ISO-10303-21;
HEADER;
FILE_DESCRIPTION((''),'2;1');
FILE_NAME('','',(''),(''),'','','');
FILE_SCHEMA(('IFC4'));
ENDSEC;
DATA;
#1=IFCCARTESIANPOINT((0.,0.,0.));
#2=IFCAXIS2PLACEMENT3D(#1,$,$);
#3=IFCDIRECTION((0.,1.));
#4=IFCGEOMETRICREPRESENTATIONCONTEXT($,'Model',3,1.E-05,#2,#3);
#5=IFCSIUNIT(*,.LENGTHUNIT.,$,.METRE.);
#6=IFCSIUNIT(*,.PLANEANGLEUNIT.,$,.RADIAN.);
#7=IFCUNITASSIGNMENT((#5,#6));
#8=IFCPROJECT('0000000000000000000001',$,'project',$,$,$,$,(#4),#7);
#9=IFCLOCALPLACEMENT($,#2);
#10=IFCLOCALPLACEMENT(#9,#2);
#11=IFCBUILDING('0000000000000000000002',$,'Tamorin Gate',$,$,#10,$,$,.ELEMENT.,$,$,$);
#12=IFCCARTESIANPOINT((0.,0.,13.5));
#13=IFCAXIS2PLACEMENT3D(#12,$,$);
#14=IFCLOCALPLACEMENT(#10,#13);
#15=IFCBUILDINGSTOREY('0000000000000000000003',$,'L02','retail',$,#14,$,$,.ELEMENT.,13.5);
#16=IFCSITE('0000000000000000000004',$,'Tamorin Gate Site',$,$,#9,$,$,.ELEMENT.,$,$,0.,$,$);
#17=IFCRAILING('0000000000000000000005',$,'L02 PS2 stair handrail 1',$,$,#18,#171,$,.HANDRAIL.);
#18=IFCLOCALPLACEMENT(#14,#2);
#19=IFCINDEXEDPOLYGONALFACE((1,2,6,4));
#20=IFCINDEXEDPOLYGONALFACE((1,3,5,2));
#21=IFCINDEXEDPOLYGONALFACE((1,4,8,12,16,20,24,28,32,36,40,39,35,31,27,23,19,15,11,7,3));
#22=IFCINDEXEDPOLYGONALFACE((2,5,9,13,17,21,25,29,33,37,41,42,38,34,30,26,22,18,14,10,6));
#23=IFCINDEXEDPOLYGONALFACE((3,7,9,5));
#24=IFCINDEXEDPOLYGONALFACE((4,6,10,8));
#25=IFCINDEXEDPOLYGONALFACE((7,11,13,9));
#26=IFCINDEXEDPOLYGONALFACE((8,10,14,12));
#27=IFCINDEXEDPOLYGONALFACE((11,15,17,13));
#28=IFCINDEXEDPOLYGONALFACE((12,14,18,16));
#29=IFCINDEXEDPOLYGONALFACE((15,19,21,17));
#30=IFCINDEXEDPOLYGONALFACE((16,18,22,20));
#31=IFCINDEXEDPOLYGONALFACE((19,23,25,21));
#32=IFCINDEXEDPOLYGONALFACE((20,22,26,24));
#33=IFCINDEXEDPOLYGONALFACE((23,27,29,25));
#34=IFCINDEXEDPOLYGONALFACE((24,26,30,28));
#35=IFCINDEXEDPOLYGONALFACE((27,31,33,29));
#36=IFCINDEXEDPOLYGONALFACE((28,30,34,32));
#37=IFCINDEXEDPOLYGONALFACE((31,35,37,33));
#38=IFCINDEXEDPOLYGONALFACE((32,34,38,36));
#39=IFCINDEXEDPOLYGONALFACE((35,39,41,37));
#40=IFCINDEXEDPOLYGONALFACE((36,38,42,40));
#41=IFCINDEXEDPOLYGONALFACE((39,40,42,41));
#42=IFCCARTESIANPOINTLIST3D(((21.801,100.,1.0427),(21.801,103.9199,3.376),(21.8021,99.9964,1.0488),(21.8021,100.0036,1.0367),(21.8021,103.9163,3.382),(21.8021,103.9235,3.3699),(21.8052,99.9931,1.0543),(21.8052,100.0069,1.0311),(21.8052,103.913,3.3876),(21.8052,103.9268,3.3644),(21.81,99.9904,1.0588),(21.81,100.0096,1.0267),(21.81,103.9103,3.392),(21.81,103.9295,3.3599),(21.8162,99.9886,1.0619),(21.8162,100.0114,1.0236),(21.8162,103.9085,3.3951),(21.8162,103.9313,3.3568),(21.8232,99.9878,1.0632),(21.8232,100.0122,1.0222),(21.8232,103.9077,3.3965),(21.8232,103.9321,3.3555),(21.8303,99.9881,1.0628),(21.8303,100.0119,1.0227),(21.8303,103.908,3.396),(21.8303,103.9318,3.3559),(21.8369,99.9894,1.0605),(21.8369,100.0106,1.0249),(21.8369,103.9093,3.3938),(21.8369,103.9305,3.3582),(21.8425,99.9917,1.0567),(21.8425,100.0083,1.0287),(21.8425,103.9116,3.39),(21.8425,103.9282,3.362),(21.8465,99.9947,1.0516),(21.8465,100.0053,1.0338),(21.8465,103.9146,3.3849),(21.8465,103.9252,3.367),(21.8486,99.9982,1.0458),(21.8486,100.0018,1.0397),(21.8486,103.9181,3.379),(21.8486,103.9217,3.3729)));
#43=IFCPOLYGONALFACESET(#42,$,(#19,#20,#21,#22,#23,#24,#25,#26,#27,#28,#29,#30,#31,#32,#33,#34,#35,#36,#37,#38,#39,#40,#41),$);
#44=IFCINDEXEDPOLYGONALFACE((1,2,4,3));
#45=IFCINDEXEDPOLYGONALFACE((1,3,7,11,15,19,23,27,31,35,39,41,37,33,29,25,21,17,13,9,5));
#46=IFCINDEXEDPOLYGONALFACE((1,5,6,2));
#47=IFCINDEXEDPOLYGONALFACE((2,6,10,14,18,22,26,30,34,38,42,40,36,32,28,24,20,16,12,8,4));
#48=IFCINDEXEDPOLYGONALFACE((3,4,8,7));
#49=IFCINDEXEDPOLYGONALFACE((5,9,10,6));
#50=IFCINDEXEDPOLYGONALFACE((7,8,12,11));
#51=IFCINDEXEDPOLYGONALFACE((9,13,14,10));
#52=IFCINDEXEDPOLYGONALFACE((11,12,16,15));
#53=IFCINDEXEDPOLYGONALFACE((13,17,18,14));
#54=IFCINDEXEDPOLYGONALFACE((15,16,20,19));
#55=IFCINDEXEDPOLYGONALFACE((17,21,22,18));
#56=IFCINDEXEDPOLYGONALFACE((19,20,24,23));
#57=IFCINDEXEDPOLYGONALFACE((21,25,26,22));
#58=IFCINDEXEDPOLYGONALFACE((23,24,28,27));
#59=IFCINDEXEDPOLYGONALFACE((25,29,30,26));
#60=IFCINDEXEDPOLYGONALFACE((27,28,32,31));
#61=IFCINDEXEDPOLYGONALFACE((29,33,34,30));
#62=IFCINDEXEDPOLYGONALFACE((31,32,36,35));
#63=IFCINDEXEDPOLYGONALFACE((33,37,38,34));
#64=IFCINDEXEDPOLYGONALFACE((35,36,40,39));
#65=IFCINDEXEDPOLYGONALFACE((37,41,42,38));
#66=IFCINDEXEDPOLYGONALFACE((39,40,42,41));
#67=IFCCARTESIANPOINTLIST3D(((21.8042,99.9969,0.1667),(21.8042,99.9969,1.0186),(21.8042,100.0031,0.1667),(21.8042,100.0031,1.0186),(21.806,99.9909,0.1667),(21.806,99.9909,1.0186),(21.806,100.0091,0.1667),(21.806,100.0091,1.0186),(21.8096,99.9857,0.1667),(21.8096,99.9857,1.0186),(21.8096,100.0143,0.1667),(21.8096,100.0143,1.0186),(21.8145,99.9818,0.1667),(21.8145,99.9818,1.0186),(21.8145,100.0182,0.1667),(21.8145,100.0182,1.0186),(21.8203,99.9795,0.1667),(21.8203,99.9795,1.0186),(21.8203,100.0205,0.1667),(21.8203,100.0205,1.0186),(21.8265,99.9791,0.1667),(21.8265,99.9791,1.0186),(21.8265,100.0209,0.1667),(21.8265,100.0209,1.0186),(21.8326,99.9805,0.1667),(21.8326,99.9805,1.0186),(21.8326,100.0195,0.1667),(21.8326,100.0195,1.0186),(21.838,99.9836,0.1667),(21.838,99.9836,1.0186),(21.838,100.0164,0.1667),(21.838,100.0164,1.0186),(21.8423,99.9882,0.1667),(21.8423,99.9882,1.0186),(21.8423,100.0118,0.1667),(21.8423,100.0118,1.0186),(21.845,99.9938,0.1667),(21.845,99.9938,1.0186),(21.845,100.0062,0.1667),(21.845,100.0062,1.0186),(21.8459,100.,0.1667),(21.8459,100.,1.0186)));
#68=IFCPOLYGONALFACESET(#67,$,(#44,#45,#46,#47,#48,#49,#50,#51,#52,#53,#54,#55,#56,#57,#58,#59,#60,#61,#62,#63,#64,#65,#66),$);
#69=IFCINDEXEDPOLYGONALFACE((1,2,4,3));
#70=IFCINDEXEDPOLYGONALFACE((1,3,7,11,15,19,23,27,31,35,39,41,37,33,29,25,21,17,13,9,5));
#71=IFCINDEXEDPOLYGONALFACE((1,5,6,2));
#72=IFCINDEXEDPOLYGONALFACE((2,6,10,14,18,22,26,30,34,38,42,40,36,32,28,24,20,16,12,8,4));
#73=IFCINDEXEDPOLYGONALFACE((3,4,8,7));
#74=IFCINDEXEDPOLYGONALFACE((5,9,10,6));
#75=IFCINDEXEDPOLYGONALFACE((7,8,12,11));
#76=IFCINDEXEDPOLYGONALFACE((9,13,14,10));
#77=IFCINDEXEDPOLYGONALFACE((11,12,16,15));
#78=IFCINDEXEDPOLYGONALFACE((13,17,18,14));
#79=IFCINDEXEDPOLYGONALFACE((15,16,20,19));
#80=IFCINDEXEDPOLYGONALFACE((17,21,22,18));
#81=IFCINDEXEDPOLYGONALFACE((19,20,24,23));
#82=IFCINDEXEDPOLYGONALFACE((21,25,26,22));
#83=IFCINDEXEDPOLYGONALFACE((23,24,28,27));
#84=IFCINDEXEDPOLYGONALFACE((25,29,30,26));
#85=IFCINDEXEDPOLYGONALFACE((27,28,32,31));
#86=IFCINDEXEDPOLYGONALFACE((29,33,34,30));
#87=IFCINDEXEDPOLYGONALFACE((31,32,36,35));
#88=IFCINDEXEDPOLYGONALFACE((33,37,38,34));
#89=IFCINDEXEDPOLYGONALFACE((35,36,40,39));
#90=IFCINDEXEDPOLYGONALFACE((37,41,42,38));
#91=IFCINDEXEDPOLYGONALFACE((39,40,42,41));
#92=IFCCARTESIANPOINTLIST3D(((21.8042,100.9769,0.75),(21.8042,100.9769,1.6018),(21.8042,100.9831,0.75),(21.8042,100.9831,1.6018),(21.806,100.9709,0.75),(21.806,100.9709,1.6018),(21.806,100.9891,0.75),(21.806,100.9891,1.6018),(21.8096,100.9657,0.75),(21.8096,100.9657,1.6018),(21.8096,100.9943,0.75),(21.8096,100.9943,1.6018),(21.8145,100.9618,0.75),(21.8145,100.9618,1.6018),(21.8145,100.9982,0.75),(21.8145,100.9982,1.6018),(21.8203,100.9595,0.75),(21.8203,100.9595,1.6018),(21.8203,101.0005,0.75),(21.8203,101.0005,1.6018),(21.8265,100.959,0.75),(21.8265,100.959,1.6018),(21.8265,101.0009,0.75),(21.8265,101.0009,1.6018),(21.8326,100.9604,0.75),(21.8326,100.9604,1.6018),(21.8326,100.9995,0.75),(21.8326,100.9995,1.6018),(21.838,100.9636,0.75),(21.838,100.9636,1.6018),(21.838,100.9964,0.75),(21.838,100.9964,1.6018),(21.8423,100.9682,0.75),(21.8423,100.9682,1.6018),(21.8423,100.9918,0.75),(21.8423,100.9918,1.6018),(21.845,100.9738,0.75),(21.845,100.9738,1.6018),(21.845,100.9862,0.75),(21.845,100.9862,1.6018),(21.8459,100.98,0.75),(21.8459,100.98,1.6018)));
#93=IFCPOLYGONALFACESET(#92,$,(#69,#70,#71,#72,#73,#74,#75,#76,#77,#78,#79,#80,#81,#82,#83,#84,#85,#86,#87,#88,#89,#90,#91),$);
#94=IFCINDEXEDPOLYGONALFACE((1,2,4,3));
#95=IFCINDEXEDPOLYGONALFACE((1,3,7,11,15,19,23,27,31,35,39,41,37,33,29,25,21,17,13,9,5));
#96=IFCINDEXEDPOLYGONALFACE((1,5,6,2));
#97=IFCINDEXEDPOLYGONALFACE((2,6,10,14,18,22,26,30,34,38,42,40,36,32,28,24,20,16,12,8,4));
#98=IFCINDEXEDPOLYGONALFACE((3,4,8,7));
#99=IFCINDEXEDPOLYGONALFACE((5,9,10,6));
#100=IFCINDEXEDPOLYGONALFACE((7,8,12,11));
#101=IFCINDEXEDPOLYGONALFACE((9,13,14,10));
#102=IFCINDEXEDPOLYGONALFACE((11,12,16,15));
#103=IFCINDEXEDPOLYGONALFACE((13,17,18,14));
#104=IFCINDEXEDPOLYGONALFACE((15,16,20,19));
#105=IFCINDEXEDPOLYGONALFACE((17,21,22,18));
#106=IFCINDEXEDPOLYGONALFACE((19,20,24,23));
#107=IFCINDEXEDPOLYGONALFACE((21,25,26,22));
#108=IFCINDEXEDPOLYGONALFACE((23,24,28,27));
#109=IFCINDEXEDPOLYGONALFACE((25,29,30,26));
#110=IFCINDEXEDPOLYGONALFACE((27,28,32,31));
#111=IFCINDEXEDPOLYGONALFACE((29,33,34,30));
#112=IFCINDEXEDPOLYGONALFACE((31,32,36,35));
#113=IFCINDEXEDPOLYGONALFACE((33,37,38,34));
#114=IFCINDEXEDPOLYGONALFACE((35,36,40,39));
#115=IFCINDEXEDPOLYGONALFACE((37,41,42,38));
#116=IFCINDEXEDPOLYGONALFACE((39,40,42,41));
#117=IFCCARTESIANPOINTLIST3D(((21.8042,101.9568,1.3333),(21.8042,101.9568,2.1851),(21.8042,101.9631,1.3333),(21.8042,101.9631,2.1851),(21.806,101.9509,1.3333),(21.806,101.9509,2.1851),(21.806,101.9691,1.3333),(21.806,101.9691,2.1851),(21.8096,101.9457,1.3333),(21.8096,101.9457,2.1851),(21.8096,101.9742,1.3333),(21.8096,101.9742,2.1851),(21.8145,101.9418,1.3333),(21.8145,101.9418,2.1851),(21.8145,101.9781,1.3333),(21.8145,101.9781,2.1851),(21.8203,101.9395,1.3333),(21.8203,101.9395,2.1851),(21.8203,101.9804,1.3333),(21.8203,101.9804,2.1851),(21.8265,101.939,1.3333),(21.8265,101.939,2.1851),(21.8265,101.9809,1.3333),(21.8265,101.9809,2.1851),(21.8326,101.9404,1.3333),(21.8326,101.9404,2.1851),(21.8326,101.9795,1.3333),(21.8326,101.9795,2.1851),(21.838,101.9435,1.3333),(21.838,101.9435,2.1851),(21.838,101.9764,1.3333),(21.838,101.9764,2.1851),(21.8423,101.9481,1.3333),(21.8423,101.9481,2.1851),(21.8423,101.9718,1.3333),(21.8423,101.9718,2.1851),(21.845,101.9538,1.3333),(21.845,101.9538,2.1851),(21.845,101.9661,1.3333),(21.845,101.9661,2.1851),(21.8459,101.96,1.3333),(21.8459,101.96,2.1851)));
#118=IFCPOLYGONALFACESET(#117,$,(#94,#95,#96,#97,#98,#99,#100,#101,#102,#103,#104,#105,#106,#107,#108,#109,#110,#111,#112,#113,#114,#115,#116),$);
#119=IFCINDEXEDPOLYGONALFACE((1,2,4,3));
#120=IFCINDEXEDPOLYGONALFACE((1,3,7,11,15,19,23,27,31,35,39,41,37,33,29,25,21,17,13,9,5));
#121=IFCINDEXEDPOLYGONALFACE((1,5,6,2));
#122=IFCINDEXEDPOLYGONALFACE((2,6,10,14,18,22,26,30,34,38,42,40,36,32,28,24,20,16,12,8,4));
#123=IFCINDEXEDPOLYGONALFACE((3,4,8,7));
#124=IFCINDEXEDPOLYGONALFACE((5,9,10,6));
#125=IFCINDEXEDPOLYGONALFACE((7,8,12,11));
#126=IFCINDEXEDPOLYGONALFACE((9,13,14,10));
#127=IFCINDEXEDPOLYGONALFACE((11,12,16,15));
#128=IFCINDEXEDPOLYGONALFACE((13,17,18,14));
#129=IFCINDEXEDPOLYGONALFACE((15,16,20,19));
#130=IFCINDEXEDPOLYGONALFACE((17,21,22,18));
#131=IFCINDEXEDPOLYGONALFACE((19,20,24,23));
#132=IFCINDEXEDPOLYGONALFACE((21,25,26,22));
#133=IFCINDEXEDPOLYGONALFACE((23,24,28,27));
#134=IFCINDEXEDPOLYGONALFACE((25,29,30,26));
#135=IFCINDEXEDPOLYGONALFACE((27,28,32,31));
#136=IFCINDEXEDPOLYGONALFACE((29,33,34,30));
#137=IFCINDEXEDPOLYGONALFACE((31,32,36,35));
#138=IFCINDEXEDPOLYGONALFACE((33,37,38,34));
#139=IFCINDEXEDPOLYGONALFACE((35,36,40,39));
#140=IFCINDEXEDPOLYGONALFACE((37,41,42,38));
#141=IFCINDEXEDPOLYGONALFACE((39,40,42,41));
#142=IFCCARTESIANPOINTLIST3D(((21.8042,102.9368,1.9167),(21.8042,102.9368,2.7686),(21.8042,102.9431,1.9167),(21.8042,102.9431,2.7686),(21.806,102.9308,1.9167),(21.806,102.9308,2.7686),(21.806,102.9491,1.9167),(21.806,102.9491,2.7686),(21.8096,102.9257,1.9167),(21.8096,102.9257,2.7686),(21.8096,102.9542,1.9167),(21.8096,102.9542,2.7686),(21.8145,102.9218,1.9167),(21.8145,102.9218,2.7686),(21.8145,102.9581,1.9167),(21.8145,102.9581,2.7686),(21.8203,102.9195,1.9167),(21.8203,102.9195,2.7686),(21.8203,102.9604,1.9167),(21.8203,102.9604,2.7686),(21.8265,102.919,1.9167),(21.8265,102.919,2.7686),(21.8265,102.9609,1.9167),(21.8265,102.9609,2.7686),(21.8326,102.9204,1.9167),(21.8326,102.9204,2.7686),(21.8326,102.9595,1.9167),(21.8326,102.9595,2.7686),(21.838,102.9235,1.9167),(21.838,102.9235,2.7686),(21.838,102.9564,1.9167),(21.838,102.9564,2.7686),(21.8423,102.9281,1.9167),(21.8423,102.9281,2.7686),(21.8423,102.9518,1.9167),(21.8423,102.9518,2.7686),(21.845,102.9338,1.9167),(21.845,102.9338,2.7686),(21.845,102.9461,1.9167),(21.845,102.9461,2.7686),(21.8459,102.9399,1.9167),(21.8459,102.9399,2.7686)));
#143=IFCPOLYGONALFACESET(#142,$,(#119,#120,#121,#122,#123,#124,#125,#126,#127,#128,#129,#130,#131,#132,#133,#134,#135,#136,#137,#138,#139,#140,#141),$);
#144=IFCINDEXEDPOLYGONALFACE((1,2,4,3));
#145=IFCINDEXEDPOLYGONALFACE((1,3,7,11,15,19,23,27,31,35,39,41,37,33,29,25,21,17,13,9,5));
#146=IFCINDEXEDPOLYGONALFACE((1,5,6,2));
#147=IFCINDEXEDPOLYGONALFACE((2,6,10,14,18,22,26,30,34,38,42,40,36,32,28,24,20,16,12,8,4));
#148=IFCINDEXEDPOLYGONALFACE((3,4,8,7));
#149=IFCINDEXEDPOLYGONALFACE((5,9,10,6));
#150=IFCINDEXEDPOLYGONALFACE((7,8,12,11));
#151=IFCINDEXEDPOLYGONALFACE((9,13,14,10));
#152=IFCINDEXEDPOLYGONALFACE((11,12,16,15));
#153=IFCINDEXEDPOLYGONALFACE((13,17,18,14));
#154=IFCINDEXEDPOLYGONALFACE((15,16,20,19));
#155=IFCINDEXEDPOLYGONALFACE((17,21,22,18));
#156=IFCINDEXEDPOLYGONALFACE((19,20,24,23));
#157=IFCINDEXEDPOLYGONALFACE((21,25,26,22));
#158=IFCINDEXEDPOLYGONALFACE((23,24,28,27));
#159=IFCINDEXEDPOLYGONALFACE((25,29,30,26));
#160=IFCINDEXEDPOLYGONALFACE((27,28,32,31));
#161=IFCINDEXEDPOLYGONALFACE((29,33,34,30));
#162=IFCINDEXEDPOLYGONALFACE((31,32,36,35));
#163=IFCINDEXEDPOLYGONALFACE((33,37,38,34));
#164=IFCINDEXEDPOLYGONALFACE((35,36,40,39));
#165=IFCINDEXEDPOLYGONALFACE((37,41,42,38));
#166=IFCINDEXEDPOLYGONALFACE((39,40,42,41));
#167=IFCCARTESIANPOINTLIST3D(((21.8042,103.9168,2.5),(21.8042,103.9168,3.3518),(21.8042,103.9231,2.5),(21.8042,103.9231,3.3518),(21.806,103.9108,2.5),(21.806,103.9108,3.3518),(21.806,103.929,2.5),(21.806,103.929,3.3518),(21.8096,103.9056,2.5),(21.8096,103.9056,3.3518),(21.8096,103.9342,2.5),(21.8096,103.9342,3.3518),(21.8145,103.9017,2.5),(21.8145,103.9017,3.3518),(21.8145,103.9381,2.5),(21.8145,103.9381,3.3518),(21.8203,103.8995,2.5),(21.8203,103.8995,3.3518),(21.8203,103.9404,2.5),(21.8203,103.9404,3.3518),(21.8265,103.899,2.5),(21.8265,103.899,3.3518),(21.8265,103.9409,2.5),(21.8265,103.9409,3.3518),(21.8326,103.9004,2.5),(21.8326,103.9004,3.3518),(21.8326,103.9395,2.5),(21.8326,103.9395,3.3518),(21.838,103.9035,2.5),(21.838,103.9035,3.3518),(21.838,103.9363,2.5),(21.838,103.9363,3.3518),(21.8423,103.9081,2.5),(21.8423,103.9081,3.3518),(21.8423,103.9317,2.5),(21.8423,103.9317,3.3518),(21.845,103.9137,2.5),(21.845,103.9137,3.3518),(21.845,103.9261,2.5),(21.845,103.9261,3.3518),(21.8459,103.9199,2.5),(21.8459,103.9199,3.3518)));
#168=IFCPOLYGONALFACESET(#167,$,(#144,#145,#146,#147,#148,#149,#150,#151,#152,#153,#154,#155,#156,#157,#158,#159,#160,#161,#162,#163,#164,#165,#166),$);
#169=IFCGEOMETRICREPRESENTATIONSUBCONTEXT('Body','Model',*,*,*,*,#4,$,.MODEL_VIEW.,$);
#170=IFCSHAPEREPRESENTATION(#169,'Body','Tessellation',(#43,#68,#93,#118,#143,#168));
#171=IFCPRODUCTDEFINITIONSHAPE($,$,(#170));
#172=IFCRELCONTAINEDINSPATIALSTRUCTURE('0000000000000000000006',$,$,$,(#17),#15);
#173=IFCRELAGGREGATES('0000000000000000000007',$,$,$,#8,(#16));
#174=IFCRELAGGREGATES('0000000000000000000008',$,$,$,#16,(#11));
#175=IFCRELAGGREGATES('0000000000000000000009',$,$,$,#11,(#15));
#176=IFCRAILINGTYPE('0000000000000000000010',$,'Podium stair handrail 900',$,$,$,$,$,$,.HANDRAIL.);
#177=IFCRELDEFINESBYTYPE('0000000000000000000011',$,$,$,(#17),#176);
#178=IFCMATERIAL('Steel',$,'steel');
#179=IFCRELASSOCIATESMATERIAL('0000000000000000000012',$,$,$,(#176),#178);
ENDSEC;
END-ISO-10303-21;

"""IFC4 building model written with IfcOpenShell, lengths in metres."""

from ifc_helpers import new_model, si_unit, direction, frame, origin, origin_2d, place, context, subcontext, project, spatial, circle, extrude, material, type_object, element, save


model = new_model("IFC4")

# Units and contexts
model_context = context("Model", 3, precision=1e-05, world=origin(), true_north=direction((0.0, 1.0)))
body_context = subcontext(model_context, "Body", "Model", "MODEL_VIEW")
ifc_project = project(units=[si_unit("LENGTHUNIT", "METRE"), si_unit("PLANEANGLEUNIT", "RADIAN")], contexts=[model_context])

# Site, building, storey
site_placement = place(None, origin())
site = spatial("IfcSite", under=ifc_project, at=site_placement, Name="Tamorin Gate Site", CompositionType="ELEMENT", RefElevation=0.0)
building_placement = place(site_placement, origin())
building = spatial("IfcBuilding", under=site, at=building_placement, Name="Tamorin Gate", CompositionType="ELEMENT")
storey_placement = place(building_placement, frame((0.0, 0.0, 13.5)))
storey = spatial("IfcBuildingStorey", under=building, at=storey_placement, Name="L02", Description="retail", CompositionType="ELEMENT", Elevation=13.5)

# Railing
ifc_material_1 = material(Name="Steel", Category="steel")
railing_type_1 = type_object("IfcRailingType", Name="Podium stair handrail 900", PredefinedType="HANDRAIL", material=ifc_material_1)
railing_1_placement = place(storey_placement, frame((21.825, 100.0, 0.1667)))
element("IfcRailing", 1, at=railing_1_placement, inside=storey, type_object=railing_type_1, Name="L02 PS2 stair handrail 1", PredefinedType="HANDRAIL", context=body_context, shape_type="SweptSolid", body=[
    extrude(circle(Radius=0.0239, at=origin_2d()), frame((0.0, 0.0, 0.876), z_axis=(0.0, 0.859296, 0.511478), x_axis=(-1.0, 0.0, 0.0)), (0.0, 0.0, 1.0), 4.5618),
    extrude(circle(Radius=0.021, at=origin_2d()), origin(), (0.0, 0.0, 1.0), 0.8518),
    extrude(circle(Radius=0.021, at=origin_2d()), frame((0.0, 0.98, 0.5833)), (0.0, 0.0, 1.0), 0.8518),
    extrude(circle(Radius=0.021, at=origin_2d()), frame((0.0, 1.96, 1.1665)), (0.0, 0.0, 1.0), 0.8518),
    extrude(circle(Radius=0.021, at=origin_2d()), frame((0.0, 2.9399, 1.75)), (0.0, 0.0, 1.0), 0.8518),
    extrude(circle(Radius=0.021, at=origin_2d()), frame((0.0, 3.9199, 2.3333)), (0.0, 0.0, 1.0), 0.8518),
])

save(model, "model.ifc")
